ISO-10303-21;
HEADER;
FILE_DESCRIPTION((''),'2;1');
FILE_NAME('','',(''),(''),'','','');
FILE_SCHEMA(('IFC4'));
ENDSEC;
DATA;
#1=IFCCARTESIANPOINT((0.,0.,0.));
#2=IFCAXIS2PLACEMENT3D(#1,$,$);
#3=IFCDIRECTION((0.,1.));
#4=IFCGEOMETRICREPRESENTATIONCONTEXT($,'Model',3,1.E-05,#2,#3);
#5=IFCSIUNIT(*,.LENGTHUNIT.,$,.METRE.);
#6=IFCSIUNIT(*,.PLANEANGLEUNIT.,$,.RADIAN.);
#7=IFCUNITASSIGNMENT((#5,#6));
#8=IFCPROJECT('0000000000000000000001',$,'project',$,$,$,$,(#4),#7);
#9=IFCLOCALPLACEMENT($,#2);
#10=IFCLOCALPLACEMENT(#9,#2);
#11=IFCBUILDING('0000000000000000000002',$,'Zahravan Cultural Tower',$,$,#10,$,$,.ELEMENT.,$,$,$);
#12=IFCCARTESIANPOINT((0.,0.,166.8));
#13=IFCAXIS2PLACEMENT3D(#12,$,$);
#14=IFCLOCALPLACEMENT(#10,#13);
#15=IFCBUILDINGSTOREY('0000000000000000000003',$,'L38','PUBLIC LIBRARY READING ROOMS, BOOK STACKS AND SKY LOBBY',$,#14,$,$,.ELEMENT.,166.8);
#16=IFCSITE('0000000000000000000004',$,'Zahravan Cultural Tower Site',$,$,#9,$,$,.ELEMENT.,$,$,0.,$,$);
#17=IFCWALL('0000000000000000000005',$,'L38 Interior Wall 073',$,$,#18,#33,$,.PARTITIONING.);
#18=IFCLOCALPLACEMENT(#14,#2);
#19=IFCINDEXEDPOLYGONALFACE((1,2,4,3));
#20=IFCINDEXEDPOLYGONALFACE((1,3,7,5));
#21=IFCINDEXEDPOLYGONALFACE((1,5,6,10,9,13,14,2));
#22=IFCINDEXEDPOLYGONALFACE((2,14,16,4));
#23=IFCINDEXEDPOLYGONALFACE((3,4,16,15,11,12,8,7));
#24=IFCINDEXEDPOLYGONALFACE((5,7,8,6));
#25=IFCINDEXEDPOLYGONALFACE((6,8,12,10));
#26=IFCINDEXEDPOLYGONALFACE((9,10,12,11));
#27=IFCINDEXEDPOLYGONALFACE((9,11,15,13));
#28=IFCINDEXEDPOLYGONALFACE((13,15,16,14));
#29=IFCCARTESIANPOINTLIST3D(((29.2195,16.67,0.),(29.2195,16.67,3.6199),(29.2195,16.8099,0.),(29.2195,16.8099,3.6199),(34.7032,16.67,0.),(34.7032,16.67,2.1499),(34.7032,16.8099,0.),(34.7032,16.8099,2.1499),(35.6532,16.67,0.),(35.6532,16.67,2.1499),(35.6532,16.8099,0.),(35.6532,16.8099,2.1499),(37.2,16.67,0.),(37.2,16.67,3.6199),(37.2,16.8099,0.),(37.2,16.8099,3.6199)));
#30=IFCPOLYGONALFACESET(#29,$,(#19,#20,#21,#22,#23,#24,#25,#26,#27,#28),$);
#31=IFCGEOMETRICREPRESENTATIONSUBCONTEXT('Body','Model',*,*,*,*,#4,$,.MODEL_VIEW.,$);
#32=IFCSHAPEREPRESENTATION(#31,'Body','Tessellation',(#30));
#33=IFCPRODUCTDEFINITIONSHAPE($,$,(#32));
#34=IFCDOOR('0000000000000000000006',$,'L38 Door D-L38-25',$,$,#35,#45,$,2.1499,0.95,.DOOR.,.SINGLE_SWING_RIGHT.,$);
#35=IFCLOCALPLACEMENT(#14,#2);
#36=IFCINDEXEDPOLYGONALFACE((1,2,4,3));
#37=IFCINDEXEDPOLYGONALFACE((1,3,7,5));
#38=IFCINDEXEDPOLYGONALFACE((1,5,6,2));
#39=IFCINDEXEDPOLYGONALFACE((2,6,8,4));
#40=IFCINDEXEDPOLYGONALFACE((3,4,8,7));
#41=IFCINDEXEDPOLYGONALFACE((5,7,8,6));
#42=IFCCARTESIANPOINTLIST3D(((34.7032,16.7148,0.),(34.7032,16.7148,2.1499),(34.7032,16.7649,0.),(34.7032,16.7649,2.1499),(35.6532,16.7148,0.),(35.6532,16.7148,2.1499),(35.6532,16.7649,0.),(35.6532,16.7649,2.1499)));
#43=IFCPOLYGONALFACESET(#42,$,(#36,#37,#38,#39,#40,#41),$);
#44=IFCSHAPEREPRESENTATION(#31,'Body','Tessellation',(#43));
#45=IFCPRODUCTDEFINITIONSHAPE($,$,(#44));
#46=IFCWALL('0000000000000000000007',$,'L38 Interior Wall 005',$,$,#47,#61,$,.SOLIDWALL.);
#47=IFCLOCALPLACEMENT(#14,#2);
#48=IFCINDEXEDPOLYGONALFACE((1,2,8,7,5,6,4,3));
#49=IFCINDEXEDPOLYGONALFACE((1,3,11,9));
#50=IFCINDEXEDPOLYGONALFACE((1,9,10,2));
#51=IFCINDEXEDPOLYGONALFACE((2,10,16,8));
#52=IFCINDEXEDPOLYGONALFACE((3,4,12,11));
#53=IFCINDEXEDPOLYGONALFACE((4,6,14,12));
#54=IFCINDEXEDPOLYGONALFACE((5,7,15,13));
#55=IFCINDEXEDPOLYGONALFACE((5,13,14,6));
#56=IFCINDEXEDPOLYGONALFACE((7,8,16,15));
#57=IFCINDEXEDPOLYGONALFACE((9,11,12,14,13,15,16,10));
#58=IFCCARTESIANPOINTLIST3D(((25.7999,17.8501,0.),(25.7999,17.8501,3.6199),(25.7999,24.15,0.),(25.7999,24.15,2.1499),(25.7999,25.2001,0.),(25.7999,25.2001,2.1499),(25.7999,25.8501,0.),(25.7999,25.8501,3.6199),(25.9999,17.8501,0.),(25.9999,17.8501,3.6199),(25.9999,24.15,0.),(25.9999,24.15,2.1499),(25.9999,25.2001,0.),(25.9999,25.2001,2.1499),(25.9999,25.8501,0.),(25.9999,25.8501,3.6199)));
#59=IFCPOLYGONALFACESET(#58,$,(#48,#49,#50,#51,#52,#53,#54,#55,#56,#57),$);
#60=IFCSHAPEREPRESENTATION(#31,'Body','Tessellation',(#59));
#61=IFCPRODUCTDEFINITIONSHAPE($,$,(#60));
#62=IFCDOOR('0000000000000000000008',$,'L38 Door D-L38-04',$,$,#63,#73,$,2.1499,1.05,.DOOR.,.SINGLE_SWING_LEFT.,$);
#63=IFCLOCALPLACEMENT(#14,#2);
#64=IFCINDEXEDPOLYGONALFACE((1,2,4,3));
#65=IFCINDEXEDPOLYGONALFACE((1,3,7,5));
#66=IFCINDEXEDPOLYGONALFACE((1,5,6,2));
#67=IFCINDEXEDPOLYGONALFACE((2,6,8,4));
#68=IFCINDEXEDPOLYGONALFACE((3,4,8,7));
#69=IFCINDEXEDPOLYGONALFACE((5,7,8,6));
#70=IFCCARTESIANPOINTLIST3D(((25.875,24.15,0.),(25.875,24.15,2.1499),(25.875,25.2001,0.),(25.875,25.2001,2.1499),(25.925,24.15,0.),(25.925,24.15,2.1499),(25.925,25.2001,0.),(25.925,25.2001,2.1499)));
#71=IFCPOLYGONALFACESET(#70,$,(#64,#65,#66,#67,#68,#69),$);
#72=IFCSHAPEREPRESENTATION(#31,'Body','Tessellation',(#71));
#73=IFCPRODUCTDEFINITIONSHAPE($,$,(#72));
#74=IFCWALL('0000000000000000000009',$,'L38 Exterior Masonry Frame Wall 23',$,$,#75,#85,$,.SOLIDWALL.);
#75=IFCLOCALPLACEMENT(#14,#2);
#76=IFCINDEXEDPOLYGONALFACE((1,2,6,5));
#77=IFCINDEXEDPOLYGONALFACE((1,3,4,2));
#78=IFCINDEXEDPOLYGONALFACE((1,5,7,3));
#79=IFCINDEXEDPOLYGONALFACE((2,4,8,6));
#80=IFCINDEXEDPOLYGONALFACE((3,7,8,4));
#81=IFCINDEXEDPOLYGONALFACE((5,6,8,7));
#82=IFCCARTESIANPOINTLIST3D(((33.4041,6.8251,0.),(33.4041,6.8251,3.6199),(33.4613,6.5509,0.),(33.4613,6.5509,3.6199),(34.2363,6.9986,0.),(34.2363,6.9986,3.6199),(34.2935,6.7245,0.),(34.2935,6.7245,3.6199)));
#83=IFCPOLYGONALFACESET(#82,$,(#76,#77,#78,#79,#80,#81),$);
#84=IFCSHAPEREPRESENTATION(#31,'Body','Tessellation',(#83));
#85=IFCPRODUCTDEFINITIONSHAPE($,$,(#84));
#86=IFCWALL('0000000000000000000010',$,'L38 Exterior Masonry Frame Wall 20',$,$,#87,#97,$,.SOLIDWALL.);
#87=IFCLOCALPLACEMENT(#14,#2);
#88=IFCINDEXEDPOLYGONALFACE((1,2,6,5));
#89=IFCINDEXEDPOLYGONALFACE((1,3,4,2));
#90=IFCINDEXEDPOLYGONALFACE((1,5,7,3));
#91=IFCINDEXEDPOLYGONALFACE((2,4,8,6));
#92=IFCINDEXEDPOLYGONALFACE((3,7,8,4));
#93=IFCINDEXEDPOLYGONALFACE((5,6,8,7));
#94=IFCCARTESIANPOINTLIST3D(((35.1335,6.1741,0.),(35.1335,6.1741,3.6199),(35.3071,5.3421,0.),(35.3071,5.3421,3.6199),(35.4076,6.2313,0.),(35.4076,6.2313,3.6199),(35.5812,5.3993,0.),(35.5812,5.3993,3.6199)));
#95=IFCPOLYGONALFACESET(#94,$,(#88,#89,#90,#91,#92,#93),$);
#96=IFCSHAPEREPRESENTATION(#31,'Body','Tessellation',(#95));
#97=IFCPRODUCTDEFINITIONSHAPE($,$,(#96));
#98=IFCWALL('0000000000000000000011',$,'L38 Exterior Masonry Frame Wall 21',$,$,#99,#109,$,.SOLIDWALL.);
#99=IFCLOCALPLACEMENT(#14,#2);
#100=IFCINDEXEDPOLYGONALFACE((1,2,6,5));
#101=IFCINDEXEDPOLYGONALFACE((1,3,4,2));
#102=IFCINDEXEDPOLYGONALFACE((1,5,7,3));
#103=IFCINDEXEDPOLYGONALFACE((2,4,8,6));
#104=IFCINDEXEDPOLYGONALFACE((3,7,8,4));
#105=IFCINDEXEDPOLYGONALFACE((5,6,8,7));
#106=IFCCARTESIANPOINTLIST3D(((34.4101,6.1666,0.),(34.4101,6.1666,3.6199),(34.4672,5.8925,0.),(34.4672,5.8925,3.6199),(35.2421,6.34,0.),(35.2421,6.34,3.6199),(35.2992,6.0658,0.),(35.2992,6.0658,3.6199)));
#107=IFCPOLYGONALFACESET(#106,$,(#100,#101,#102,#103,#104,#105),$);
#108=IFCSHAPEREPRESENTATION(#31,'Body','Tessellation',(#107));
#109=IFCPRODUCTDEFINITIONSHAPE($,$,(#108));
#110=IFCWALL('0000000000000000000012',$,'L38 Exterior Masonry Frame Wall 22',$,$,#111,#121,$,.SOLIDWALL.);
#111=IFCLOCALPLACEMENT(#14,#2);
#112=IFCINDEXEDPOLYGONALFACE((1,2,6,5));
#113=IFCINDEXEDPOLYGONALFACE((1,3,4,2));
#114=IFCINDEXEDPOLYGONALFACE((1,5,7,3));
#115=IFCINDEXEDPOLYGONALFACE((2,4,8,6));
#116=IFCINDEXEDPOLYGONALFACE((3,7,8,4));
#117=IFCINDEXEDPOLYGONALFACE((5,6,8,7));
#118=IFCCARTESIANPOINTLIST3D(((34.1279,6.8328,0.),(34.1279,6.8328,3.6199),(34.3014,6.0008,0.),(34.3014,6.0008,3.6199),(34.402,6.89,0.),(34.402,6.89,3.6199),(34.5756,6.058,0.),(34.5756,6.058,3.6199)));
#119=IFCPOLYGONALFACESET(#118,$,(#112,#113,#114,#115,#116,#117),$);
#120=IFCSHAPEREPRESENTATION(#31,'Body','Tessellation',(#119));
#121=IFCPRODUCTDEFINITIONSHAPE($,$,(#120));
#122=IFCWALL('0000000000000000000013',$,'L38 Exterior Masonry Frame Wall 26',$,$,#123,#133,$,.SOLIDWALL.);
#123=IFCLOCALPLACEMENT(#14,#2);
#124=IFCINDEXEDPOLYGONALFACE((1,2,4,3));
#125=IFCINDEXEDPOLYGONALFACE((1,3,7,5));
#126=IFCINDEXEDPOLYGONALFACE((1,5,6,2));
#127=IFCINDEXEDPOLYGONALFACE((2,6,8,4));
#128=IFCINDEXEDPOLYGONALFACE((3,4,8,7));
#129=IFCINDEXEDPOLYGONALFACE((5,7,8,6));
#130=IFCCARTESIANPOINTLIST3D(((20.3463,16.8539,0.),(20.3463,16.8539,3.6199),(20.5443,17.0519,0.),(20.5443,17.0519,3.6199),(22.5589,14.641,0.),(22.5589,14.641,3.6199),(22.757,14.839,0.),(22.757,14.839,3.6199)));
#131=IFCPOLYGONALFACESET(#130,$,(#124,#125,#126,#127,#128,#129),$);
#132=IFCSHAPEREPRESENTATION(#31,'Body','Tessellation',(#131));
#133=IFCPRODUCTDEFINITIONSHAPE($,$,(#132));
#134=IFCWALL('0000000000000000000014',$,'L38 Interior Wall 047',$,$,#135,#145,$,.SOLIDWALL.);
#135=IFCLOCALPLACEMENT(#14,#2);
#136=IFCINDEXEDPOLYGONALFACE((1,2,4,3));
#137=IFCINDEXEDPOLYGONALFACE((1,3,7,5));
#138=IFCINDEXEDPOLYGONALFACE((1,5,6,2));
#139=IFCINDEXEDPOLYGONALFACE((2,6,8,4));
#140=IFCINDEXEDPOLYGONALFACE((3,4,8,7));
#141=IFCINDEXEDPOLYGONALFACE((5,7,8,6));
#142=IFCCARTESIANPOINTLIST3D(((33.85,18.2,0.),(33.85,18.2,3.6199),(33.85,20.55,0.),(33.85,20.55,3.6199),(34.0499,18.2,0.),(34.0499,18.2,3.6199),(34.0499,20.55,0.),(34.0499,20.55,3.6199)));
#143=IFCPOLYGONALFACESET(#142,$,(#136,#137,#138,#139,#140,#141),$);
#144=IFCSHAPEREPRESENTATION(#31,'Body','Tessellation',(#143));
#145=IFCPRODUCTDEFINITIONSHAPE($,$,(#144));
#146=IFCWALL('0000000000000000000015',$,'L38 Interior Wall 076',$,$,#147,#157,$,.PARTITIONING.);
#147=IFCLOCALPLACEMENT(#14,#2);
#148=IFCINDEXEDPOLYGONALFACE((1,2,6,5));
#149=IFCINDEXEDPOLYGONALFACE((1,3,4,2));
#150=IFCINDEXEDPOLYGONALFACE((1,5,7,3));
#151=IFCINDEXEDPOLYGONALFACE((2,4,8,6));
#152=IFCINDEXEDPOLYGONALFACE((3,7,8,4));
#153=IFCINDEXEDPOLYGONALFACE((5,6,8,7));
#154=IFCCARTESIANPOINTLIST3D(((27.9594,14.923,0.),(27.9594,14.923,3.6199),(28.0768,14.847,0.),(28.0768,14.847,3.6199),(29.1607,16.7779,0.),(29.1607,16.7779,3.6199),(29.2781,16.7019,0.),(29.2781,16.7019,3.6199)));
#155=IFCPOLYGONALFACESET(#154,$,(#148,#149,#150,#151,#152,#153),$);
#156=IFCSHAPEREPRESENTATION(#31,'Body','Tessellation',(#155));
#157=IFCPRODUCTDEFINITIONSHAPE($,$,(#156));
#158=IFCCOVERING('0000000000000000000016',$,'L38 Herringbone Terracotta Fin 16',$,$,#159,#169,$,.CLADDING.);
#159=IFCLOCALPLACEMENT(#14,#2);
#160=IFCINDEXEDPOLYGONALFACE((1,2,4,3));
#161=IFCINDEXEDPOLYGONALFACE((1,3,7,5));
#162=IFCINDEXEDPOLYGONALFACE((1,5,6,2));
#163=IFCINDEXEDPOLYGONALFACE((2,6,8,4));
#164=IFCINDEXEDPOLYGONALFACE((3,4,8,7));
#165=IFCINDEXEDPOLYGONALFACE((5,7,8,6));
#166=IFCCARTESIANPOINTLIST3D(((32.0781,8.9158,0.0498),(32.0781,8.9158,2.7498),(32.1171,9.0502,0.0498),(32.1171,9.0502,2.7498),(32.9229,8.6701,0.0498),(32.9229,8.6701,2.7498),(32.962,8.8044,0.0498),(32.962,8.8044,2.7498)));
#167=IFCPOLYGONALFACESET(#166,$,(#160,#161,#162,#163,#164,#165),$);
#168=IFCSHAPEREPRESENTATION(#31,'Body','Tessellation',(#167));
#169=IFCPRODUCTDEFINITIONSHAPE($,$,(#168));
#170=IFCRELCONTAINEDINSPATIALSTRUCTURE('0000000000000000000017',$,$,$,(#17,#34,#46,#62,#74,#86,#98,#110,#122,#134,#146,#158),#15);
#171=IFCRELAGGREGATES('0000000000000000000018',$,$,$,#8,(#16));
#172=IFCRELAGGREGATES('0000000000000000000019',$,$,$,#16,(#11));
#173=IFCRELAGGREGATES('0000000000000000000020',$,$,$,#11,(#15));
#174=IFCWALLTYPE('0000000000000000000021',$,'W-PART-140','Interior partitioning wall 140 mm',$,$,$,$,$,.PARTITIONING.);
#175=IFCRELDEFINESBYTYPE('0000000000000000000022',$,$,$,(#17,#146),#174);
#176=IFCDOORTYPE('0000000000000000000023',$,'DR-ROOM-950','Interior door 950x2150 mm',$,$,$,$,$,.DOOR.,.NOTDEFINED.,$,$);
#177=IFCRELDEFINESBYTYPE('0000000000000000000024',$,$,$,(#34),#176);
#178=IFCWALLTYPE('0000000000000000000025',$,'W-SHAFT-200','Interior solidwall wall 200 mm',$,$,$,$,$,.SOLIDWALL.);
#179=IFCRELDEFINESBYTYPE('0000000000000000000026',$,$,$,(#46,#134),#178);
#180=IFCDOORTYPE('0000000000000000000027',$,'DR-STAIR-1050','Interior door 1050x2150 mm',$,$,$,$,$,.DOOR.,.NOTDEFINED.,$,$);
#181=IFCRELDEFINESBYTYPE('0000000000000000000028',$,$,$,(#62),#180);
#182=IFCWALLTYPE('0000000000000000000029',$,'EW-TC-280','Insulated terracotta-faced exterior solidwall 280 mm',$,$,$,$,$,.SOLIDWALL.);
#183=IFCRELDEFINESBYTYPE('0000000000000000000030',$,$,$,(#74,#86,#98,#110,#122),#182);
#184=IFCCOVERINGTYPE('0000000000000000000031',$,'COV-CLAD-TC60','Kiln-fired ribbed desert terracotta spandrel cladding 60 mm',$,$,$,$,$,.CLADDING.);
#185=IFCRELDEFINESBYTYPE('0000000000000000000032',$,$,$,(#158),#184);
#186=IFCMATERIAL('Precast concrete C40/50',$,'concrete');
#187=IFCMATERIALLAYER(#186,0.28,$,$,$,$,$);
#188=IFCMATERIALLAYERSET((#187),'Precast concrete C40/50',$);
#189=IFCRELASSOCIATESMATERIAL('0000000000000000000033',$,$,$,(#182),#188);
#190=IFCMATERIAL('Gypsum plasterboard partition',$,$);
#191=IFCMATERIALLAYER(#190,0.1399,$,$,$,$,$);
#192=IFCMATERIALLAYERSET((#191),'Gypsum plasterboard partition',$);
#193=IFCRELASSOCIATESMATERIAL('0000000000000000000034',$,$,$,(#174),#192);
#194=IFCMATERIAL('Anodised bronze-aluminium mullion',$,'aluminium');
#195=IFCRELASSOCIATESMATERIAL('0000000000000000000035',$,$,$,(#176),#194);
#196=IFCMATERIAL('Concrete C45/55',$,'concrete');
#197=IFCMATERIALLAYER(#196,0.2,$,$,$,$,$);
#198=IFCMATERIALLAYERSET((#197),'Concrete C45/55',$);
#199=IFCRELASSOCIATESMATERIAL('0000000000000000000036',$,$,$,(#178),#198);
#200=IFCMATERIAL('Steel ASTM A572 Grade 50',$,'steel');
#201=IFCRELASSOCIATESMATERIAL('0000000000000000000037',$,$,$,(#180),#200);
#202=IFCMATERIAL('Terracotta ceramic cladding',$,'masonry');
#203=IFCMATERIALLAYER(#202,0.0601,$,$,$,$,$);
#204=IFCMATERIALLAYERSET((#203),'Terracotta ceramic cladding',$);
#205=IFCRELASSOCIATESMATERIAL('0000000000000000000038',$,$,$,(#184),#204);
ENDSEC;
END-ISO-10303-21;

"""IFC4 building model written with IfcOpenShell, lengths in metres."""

from ifc_helpers import new_model, si_unit, direction, frame, frame_2d, origin, origin_2d, place, context, subcontext, project, spatial, rectangle, extrude, source, transform, mapped, material, layer, layer_set, type_object, element, fill, save


model = new_model("IFC4")

# Units and contexts
model_context = context("Model", 3, precision=1e-05, world=origin(), true_north=direction((0.0, 1.0)))
body_context = subcontext(model_context, "Body", "Model", "MODEL_VIEW")
ifc_project = project(units=[si_unit("LENGTHUNIT", "METRE"), si_unit("PLANEANGLEUNIT", "RADIAN")], contexts=[model_context])

# Site, building, storey
site_placement = place(None, origin())
site = spatial("IfcSite", under=ifc_project, at=site_placement, Name="Zahravan Cultural Tower Site", CompositionType="ELEMENT", RefElevation=0.0)
building_placement = place(site_placement, origin())
building = spatial("IfcBuilding", under=site, at=building_placement, Name="Zahravan Cultural Tower", CompositionType="ELEMENT")
storey_placement = place(building_placement, frame((0.0, 0.0, 166.8)))
storey = spatial("IfcBuildingStorey", under=building, at=storey_placement, Name="L38", Description="PUBLIC LIBRARY READING ROOMS, BOOK STACKS AND SKY LOBBY", CompositionType="ELEMENT", Elevation=166.8)

# Shared definitions
ifc_material_1 = material(Name="Anodised bronze-aluminium mullion", Category="aluminium")

# Shared definitions
ifc_material_2 = material(Name="Steel ASTM A572 Grade 50", Category="steel")

# Shared definitions
ifc_material_3 = material(Name="Precast concrete C40/50", Category="concrete")
ifc_layer_1 = layer(ifc_material_3, 0.28)
ifc_layer_set_1 = layer_set([ifc_layer_1], Name="Precast concrete C40/50")
wall_type_1 = type_object("IfcWallType", Name="EW-TC-280", Description="Insulated terracotta-faced exterior solidwall 280 mm", PredefinedType="SOLIDWALL", material=ifc_layer_set_1)

# Walls, openings, doors
ifc_material_4 = material(Name="Gypsum plasterboard partition")
ifc_layer_2 = layer(ifc_material_4, 0.1399)
ifc_layer_set_2 = layer_set([ifc_layer_2], Name="Gypsum plasterboard partition")
wall_type_2 = type_object("IfcWallType", Name="W-PART-140", Description="Interior partitioning wall 140 mm", PredefinedType="PARTITIONING", material=ifc_layer_set_2)
wall_1_placement = place(storey_placement, frame((29.2195, 16.74, 0.0), z_axis=(0.0, 0.0, 1.0), x_axis=(1.0, 0.0, 0.0)))
wall_1 = element("IfcWall", 1, at=wall_1_placement, inside=storey, type_object=wall_type_2, Name="L38 Interior Wall 073", PredefinedType="PARTITIONING", context=body_context, shape_type="SweptSolid", body=[
    extrude(rectangle(XDim=7.9805, YDim=0.1399, at=frame_2d((3.9902, 0.0))), origin(), (0.0, 0.0, 1.0), 3.6199),
])
opening_1_placement = place(wall_1_placement, frame((5.4836, 0.0, 0.0)))
opening_1 = element("IfcOpeningElement", 2, at=opening_1_placement, cuts=wall_1, PredefinedType="OPENING", context=body_context, shape_type="SweptSolid", body=[
    extrude(rectangle(XDim=0.95, YDim=2.1499, at=frame_2d((0.4751, 1.075))), frame((0.0, 0.0798, 0.0), z_axis=(0.0, -1.0, 0.0), x_axis=(1.0, 0.0, 0.0)), (0.0, 0.0, 1.0), 0.1599),
])
door_type_1 = type_object("IfcDoorType", Name="DR-ROOM-950", Description="Interior door 950x2150 mm", OperationType="NOTDEFINED", PredefinedType="DOOR", material=ifc_material_1)
shared_shape_1 = source(origin(), body_context, "Body", "SweptSolid", [
    extrude(rectangle(XDim=0.95, YDim=2.1499, at=frame_2d((0.4751, 1.075))), frame((0.0, 0.0249, 0.0), z_axis=(0.0, -1.0, 0.0), x_axis=(1.0, 0.0, 0.0)), (0.0, 0.0, 1.0), 0.05),
])
door_1_placement = place(opening_1_placement, origin())
door_1 = element("IfcDoor", 3, at=door_1_placement, inside=storey, type_object=door_type_1, Name="L38 Door D-L38-25", OperationType="SINGLE_SWING_RIGHT", OverallHeight=2.1499, OverallWidth=0.95, PredefinedType="DOOR", context=body_context, shape_type="MappedRepresentation", body=[
    mapped(shared_shape_1, transform((0.0, 0.0, 0.0), x_axis=(1.0, 0.0, 0.0), y_axis=(0.0, 1.0, 0.0), z_axis=(0.0, 0.0, 1.0), scale=1.0)),
])
fill(opening_1, door_1)
ifc_material_5 = material(Name="Concrete C45/55", Category="concrete")
ifc_layer_3 = layer(ifc_material_5, 0.2)
ifc_layer_set_3 = layer_set([ifc_layer_3], Name="Concrete C45/55")
wall_type_3 = type_object("IfcWallType", Name="W-SHAFT-200", Description="Interior solidwall wall 200 mm", PredefinedType="SOLIDWALL", material=ifc_layer_set_3)
wall_2_placement = place(storey_placement, frame((25.8999, 17.8501, 0.0), z_axis=(0.0, 0.0, 1.0), x_axis=(0.0, 1.0, 0.0)))
wall_2 = element("IfcWall", 4, at=wall_2_placement, inside=storey, type_object=wall_type_3, Name="L38 Interior Wall 005", PredefinedType="SOLIDWALL", context=body_context, shape_type="SweptSolid", body=[
    extrude(rectangle(XDim=8.0, YDim=0.2, at=frame_2d((4.0, 0.0))), origin(), (0.0, 0.0, 1.0), 3.6199),
])
opening_2_placement = place(wall_2_placement, frame((6.3, 0.0, 0.0)))
opening_2 = element("IfcOpeningElement", 5, at=opening_2_placement, cuts=wall_2, PredefinedType="OPENING", context=body_context, shape_type="SweptSolid", body=[
    extrude(rectangle(XDim=1.05, YDim=2.1499, at=frame_2d((0.5249, 1.075))), frame((0.0, 0.1099, 0.0), z_axis=(0.0, -1.0, 0.0), x_axis=(1.0, 0.0, 0.0)), (0.0, 0.0, 1.0), 0.22),
])
door_type_2 = type_object("IfcDoorType", Name="DR-STAIR-1050", Description="Interior door 1050x2150 mm", OperationType="NOTDEFINED", PredefinedType="DOOR", material=ifc_material_2)
shared_shape_2 = source(origin(), body_context, "Body", "SweptSolid", [
    extrude(rectangle(XDim=1.05, YDim=2.1499, at=frame_2d((0.5249, 1.075))), frame((0.0, 0.0249, 0.0), z_axis=(0.0, -1.0, 0.0), x_axis=(1.0, 0.0, 0.0)), (0.0, 0.0, 1.0), 0.05),
])
door_2_placement = place(opening_2_placement, origin())
door_2 = element("IfcDoor", 6, at=door_2_placement, inside=storey, type_object=door_type_2, Name="L38 Door D-L38-04", OperationType="SINGLE_SWING_LEFT", OverallHeight=2.1499, OverallWidth=1.05, PredefinedType="DOOR", context=body_context, shape_type="MappedRepresentation", body=[
    mapped(shared_shape_2, transform((0.0, 0.0, 0.0), x_axis=(1.0, 0.0, 0.0), y_axis=(0.0, 1.0, 0.0), z_axis=(0.0, 0.0, 1.0), scale=1.0)),
])
fill(opening_2, door_2)

# Walls
shared_shape_3 = source(origin(), body_context, "Body", "SweptSolid", [
    extrude(rectangle(XDim=0.8501, YDim=0.28, at=frame_2d((0.425, 0.0))), origin(), (0.0, 0.0, 1.0), 3.6199),
])
wall_3_placement = place(storey_placement, frame((34.2649, 6.8616, 0.0), z_axis=(0.0, 0.0, 1.0), x_axis=(-0.978935, -0.204172, 0.0)))
element("IfcWall", 7, at=wall_3_placement, inside=storey, type_object=wall_type_1, Name="L38 Exterior Masonry Frame Wall 23", PredefinedType="SOLIDWALL", context=body_context, shape_type="MappedRepresentation", body=[
    mapped(shared_shape_3, transform((0.0, 0.0, 0.0), x_axis=(1.0, 0.0, 0.0), y_axis=(0.0, 1.0, 0.0), z_axis=(0.0, 0.0, 1.0), scale=1.0)),
])
shared_shape_4 = source(origin(), body_context, "Body", "SweptSolid", [
    extrude(rectangle(XDim=0.8499, YDim=0.28, at=frame_2d((0.4248, 0.0))), origin(), (0.0, 0.0, 1.0), 3.6199),
])
for number, where, z_axis, x_axis, name in (
    (8, (35.4441, 5.3708, 0.0), (0.0, 0.0, 1.0), (-0.20423, 0.978923, 0.0), "L38 Exterior Masonry Frame Wall 20"),
    (9, (35.2705, 6.2029, 0.0), (0.0, 0.0, 1.0), (-0.97898, -0.203954, 0.0), "L38 Exterior Masonry Frame Wall 21"),
    (10, (34.4385, 6.0295, 0.0), (0.0, 0.0, 1.0), (-0.20423, 0.978923, 0.0), "L38 Exterior Masonry Frame Wall 22"),
):
    element("IfcWall", number, at=place(storey_placement, frame(where, z_axis=z_axis, x_axis=x_axis)), inside=storey, type_object=wall_type_1, Name=name, PredefinedType="SOLIDWALL", context=body_context, shape_type="MappedRepresentation", body=[
        mapped(shared_shape_4, transform((0.0, 0.0, 0.0), x_axis=(1.0, 0.0, 0.0), y_axis=(0.0, 1.0, 0.0), z_axis=(0.0, 0.0, 1.0), scale=1.0)),
    ])
shared_shape_5 = source(origin(), body_context, "Body", "SweptSolid", [
    extrude(rectangle(XDim=3.1294, YDim=0.28, at=frame_2d((1.5647, 0.0))), origin(), (0.0, 0.0, 1.0), 3.6199),
])
wall_4_placement = place(storey_placement, frame((22.658, 14.74, 0.0), z_axis=(0.0, 0.0, 1.0), x_axis=(-0.707068, 0.707146, 0.0)))
element("IfcWall", 11, at=wall_4_placement, inside=storey, type_object=wall_type_1, Name="L38 Exterior Masonry Frame Wall 26", PredefinedType="SOLIDWALL", context=body_context, shape_type="MappedRepresentation", body=[
    mapped(shared_shape_5, transform((0.0, 0.0, 0.0), x_axis=(1.0, 0.0, 0.0), y_axis=(0.0, 1.0, 0.0), z_axis=(0.0, 0.0, 1.0), scale=1.0)),
])
shared_shape_6 = source(origin(), body_context, "Body", "SweptSolid", [
    extrude(rectangle(XDim=2.3501, YDim=0.2, at=frame_2d((1.175, 0.0))), origin(), (0.0, 0.0, 1.0), 3.6199),
])
wall_5_placement = place(storey_placement, frame((33.95, 18.2, 0.0), z_axis=(0.0, 0.0, 1.0), x_axis=(0.0, 1.0, 0.0)))
element("IfcWall", 12, at=wall_5_placement, inside=storey, type_object=wall_type_3, Name="L38 Interior Wall 047", PredefinedType="SOLIDWALL", context=body_context, shape_type="MappedRepresentation", body=[
    mapped(shared_shape_6, transform((0.0, 0.0, 0.0), x_axis=(1.0, 0.0, 0.0), y_axis=(0.0, 1.0, 0.0), z_axis=(0.0, 0.0, 1.0), scale=1.0)),
])
shared_shape_7 = source(origin(), body_context, "Body", "SweptSolid", [
    extrude(rectangle(XDim=2.21, YDim=0.1399, at=frame_2d((1.105, 0.0))), origin(), (0.0, 0.0, 1.0), 3.6199),
])
wall_6_placement = place(storey_placement, frame((28.0181, 14.885, 0.0), z_axis=(0.0, 0.0, 1.0), x_axis=(0.543613, 0.839336, 0.0)))
element("IfcWall", 13, at=wall_6_placement, inside=storey, type_object=wall_type_2, Name="L38 Interior Wall 076", PredefinedType="PARTITIONING", context=body_context, shape_type="MappedRepresentation", body=[
    mapped(shared_shape_7, transform((0.0, 0.0, 0.0), x_axis=(1.0, 0.0, 0.0), y_axis=(0.0, 1.0, 0.0), z_axis=(0.0, 0.0, 1.0), scale=1.0)),
])

# Covering
ifc_material_6 = material(Name="Terracotta ceramic cladding", Category="masonry")
ifc_layer_4 = layer(ifc_material_6, 0.0601)
ifc_layer_set_4 = layer_set([ifc_layer_4], Name="Terracotta ceramic cladding")
covering_type = type_object("IfcCoveringType", Name="COV-CLAD-TC60", Description="Kiln-fired ribbed desert terracotta spandrel cladding 60 mm", PredefinedType="CLADDING", material=ifc_layer_set_4)
shared_shape_8 = source(origin(), body_context, "Body", "SweptSolid", [
    extrude(rectangle(XDim=0.8799, YDim=0.1399, at=origin_2d()), origin(), (0.0, 0.0, 1.0), 2.7),
])
for number, where, z_axis, x_axis, name in (
    (14, (32.52, 8.8601, 0.0498), (0.0, 0.0, 1.0), (-0.960196, 0.279326, 0.0), "L38 Herringbone Terracotta Fin 16"),
):
    element("IfcCovering", number, at=place(storey_placement, frame(where, z_axis=z_axis, x_axis=x_axis)), inside=storey, type_object=covering_type, Name=name, PredefinedType="CLADDING", context=body_context, shape_type="MappedRepresentation", body=[
        mapped(shared_shape_8, transform((0.0, 0.0, 0.0), x_axis=(1.0, 0.0, 0.0), y_axis=(0.0, 1.0, 0.0), z_axis=(0.0, 0.0, 1.0), scale=1.0)),
    ])

save(model, "model.ifc")
